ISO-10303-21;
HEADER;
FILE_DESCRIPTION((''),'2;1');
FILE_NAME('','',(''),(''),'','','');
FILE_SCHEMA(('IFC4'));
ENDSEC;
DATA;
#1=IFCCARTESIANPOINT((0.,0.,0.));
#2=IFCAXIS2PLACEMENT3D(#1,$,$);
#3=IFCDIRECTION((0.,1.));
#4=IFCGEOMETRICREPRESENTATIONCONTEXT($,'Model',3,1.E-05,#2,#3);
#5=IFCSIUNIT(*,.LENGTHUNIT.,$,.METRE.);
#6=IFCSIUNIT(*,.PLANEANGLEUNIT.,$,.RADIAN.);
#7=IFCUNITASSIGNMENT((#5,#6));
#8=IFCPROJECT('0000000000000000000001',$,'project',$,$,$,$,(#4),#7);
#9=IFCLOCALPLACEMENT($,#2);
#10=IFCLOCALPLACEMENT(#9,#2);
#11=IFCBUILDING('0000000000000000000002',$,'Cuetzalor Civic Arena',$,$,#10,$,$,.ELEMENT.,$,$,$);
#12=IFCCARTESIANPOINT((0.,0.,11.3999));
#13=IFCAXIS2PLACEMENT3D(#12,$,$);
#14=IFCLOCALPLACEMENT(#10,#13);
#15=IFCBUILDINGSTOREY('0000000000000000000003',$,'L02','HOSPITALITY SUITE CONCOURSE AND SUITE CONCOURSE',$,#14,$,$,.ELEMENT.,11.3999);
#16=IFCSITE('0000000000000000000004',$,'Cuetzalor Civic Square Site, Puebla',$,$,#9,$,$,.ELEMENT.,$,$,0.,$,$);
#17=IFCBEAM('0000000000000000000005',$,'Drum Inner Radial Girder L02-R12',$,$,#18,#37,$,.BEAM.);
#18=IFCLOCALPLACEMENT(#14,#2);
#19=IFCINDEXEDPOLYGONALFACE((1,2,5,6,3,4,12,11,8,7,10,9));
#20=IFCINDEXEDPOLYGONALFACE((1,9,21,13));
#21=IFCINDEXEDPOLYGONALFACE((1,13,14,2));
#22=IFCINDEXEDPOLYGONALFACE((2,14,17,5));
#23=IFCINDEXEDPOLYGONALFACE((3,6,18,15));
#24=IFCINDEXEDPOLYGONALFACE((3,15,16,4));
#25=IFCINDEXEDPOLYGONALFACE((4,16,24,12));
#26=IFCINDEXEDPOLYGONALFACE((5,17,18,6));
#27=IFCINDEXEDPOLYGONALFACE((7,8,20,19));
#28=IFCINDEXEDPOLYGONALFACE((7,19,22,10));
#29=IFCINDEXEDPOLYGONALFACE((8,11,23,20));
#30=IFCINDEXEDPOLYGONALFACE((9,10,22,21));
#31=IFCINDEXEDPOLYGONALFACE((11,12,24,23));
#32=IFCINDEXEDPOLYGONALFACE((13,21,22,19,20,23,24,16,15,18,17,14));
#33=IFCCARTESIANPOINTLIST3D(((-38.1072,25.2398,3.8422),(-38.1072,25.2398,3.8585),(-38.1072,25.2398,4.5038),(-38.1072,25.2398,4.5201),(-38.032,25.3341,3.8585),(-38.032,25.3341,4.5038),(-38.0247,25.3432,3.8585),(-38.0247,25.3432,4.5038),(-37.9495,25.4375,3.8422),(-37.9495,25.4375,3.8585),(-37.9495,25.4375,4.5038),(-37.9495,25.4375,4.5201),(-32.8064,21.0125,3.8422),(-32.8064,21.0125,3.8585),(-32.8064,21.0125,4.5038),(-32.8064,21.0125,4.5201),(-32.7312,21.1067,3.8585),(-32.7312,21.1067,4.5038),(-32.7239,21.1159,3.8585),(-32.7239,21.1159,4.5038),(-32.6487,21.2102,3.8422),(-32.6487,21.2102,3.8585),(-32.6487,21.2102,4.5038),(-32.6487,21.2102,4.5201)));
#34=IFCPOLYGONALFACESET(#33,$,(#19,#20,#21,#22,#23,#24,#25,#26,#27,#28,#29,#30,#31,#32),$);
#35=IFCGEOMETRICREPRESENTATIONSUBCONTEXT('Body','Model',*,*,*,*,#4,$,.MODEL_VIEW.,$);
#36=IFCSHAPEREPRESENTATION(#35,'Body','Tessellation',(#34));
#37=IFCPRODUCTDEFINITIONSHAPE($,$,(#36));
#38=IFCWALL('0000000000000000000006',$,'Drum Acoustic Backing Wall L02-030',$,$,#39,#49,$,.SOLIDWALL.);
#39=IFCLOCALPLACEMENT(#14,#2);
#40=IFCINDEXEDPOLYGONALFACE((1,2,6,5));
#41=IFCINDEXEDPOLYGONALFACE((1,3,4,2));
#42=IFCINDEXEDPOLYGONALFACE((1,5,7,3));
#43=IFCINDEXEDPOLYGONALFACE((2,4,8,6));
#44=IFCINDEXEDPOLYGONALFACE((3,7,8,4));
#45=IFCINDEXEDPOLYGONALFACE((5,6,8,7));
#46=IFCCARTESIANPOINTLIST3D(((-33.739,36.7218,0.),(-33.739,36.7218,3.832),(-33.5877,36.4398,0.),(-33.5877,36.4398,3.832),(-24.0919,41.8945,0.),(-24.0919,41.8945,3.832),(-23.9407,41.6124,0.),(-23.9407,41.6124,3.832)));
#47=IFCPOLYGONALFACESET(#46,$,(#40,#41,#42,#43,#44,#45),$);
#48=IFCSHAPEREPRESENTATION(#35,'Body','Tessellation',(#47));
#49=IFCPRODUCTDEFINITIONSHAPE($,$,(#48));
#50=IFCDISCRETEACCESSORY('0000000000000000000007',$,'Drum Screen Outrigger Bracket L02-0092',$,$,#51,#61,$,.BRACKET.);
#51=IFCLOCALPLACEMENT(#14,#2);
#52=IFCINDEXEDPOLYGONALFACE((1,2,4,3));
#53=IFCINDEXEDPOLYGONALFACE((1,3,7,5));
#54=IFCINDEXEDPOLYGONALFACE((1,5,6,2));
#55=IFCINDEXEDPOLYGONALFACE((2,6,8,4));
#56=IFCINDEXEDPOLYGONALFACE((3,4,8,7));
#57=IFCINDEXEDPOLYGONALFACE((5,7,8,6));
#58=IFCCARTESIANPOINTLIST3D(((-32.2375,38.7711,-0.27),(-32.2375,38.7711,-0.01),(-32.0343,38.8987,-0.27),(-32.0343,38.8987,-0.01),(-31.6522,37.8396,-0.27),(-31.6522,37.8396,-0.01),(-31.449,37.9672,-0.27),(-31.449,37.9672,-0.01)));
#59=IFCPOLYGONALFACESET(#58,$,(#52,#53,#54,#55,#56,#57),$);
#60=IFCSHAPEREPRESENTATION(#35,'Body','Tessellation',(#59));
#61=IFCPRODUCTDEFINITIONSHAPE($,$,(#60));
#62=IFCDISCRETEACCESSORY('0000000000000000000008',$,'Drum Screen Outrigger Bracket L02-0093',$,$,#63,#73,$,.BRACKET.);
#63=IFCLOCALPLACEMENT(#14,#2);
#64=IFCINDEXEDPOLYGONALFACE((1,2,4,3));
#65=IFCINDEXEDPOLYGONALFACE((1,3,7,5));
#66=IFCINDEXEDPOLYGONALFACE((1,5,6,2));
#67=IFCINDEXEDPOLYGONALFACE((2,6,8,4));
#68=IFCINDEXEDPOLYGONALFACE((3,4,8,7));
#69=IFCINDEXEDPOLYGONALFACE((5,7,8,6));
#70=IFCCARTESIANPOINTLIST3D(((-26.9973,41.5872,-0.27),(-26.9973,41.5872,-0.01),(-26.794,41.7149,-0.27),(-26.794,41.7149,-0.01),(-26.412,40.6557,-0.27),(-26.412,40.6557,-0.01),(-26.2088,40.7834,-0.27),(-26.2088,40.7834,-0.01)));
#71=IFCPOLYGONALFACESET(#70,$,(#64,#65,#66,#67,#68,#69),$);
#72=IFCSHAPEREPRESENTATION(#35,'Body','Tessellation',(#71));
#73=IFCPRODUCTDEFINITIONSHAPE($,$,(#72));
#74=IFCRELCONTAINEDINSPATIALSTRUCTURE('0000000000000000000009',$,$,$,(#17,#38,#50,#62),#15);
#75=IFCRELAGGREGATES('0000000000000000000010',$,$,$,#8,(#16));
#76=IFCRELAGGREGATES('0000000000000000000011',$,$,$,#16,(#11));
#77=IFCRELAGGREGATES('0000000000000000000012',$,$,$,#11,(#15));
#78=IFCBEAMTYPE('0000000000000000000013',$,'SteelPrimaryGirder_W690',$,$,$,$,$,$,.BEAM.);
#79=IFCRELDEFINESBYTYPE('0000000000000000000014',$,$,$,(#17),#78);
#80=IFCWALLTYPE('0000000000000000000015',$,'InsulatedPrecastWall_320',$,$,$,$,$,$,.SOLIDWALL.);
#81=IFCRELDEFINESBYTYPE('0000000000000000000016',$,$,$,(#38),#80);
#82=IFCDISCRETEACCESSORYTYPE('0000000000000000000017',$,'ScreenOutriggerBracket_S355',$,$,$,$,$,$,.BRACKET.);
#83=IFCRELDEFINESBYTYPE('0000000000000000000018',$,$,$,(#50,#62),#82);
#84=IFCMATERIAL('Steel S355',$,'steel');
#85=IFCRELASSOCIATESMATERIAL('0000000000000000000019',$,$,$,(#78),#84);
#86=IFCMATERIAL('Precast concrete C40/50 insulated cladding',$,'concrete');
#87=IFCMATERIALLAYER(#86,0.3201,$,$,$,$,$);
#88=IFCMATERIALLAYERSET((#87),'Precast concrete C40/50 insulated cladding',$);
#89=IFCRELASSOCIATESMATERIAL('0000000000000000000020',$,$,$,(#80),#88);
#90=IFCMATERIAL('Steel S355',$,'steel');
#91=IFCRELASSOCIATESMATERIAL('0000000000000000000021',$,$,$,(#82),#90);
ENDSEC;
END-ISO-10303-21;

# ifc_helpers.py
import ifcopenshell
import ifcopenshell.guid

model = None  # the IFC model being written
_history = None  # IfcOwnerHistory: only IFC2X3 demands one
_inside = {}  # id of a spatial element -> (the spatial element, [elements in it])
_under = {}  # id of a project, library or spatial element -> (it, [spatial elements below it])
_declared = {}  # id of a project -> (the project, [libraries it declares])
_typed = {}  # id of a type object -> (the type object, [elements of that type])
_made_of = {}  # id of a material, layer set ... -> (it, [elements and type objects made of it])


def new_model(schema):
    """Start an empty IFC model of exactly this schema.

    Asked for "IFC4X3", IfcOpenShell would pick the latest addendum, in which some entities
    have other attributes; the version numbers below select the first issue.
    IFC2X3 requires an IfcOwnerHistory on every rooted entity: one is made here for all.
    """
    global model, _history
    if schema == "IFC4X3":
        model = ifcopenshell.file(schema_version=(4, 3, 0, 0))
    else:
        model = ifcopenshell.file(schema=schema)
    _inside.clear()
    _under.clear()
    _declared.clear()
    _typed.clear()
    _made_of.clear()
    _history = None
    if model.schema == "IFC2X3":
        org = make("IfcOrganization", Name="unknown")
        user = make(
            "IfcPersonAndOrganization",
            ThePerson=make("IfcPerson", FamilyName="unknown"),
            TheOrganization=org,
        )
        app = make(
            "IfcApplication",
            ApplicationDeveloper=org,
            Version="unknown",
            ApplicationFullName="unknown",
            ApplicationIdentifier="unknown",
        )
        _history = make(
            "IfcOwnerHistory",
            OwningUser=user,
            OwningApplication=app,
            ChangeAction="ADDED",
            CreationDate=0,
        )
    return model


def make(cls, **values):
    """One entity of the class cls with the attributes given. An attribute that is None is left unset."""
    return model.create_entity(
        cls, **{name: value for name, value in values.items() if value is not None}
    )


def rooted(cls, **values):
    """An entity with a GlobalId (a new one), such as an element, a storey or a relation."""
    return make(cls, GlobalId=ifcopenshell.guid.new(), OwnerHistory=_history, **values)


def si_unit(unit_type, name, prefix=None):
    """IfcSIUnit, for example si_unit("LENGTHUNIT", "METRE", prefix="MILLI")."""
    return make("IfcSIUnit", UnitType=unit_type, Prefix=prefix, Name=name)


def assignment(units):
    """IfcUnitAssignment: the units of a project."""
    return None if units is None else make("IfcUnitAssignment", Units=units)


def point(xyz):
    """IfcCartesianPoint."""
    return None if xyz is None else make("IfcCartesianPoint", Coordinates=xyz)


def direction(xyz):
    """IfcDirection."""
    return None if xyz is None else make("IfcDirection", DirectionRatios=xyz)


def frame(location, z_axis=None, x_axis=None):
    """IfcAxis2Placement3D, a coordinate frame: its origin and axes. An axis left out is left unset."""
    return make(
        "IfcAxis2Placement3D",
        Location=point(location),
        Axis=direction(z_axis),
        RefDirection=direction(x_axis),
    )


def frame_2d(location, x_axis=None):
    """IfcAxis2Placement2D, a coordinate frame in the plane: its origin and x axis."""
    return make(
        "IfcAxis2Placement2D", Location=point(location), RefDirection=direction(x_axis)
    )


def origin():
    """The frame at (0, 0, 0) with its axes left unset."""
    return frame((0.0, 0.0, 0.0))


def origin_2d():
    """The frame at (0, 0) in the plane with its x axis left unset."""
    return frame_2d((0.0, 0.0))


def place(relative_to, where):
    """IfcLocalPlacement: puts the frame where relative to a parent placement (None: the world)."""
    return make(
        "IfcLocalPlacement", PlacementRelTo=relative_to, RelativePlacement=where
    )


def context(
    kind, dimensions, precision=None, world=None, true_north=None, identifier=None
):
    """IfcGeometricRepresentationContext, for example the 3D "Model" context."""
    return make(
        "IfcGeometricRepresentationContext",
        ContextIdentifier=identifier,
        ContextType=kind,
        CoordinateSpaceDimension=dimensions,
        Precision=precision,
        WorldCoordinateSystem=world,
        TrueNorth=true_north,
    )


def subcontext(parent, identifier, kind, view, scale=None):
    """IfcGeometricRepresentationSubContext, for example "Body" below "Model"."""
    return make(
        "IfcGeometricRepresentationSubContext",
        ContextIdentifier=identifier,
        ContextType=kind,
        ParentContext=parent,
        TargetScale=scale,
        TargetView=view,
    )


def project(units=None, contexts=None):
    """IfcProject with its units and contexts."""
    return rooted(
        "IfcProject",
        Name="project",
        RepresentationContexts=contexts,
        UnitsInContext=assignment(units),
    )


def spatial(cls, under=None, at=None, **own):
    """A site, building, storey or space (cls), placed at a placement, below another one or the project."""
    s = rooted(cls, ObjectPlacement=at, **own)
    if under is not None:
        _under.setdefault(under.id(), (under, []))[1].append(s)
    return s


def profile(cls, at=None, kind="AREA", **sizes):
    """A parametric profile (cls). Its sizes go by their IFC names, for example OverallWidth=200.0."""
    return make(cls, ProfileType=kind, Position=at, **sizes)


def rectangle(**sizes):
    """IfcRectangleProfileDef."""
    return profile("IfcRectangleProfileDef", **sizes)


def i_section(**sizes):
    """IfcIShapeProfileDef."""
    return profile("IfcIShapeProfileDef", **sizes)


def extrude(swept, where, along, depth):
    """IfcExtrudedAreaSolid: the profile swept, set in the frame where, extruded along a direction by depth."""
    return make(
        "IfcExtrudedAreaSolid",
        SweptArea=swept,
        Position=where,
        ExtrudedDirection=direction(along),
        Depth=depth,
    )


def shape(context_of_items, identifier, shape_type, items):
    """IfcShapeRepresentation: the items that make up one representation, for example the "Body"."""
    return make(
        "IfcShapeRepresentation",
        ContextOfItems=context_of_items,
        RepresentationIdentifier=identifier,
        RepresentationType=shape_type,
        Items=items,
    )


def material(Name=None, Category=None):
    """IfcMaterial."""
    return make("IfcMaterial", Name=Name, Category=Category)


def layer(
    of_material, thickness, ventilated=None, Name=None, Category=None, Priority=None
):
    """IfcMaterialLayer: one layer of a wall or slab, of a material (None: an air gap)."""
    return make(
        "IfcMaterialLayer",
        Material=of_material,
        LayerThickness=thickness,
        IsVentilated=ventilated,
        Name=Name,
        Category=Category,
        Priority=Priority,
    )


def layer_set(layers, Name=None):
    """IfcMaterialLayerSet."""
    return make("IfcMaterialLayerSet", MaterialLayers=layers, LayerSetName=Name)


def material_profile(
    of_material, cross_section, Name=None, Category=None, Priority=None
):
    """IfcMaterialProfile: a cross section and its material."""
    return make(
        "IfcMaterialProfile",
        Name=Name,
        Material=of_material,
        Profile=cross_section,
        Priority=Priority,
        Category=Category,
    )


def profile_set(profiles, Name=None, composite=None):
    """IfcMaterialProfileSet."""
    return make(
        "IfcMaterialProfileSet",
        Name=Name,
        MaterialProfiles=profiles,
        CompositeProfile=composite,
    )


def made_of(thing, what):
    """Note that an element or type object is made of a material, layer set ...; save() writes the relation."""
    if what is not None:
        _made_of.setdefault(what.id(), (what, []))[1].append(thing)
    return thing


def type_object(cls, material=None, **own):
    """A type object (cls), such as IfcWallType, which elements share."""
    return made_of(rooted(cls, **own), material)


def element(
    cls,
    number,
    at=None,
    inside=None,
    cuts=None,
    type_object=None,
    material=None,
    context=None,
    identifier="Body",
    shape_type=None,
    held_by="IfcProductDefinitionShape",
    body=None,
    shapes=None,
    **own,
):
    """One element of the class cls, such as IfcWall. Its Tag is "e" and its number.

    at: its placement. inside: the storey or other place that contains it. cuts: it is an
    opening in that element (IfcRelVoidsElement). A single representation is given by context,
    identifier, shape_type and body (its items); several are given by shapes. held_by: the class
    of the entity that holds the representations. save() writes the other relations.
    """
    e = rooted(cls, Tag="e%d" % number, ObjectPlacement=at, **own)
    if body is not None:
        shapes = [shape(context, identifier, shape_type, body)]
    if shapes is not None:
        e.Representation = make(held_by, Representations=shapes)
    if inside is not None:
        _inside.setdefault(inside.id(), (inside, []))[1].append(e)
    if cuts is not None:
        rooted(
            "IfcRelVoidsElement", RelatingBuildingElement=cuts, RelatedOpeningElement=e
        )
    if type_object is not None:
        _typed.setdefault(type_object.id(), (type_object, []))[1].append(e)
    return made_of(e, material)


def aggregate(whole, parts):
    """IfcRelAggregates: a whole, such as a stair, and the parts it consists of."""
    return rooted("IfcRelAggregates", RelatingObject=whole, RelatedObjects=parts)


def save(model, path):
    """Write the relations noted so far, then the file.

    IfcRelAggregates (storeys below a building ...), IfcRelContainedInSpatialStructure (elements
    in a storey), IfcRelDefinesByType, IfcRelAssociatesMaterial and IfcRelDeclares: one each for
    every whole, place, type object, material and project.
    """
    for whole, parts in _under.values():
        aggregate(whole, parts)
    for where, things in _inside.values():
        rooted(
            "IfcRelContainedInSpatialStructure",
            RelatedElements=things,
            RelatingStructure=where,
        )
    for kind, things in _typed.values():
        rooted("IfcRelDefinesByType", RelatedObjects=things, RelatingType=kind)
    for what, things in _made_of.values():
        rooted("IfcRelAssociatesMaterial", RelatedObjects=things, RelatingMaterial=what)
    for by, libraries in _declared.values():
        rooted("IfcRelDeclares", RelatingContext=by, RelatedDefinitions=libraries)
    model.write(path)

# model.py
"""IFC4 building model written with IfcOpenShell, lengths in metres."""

from ifc_helpers import new_model, si_unit, direction, frame, frame_2d, origin, origin_2d, place, context, subcontext, project, spatial, rectangle, i_section, extrude, material, layer, layer_set, material_profile, profile_set, type_object, element, save


model = new_model("IFC4")

# Units and contexts
model_context = context("Model", 3, precision=1e-05, world=origin(), true_north=direction((0.0, 1.0)))
body_context = subcontext(model_context, "Body", "Model", "MODEL_VIEW")
ifc_project = project(units=[si_unit("LENGTHUNIT", "METRE"), si_unit("PLANEANGLEUNIT", "RADIAN")], contexts=[model_context])

# Site, building, storey
site_placement = place(None, origin())
site = spatial("IfcSite", under=ifc_project, at=site_placement, Name="Cuetzalor Civic Square Site, Puebla", CompositionType="ELEMENT", RefElevation=0.0)
building_placement = place(site_placement, origin())
building = spatial("IfcBuilding", under=site, at=building_placement, Name="Cuetzalor Civic Arena", CompositionType="ELEMENT")
storey_placement = place(building_placement, frame((0.0, 0.0, 11.3999)))
storey = spatial("IfcBuildingStorey", under=building, at=storey_placement, Name="L02", Description="HOSPITALITY SUITE CONCOURSE AND SUITE CONCOURSE", CompositionType="ELEMENT", Elevation=11.3999)

# Beam
ifc_material_1 = material(Name="Steel S355", Category="steel")
ifc_material_profile_1 = material_profile(ifc_material_1, i_section(OverallWidth=0.2529, OverallDepth=0.678, WebThickness=0.0117, FlangeThickness=0.0164, at=origin_2d()), Name="W690x125")
ifc_profile_set_1 = profile_set([ifc_material_profile_1], Name="Steel S355")
beam_type_1 = type_object("IfcBeamType", Name="SteelPrimaryGirder_W690", PredefinedType="BEAM", material=ifc_profile_set_1)
beam_1_placement = place(storey_placement, frame((-32.7275, 21.1113, 4.1812), z_axis=(-0.781827, 0.623495, 0.0), x_axis=(-0.623495, -0.781827, 0.0)))
element("IfcBeam", 1, at=beam_1_placement, inside=storey, type_object=beam_type_1, Name="Drum Inner Radial Girder L02-R12", PredefinedType="BEAM", context=body_context, shape_type="SweptSolid", body=[
    extrude(i_section(OverallWidth=0.2529, OverallDepth=0.678, WebThickness=0.0117, FlangeThickness=0.0164, at=origin_2d()), origin(), (0.0, 0.0, 1.0), 6.78),
])

# Wall
ifc_material_2 = material(Name="Precast concrete C40/50 insulated cladding", Category="concrete")
ifc_layer = layer(ifc_material_2, 0.3201)
ifc_layer_set = layer_set([ifc_layer], Name="Precast concrete C40/50 insulated cladding")
wall_type = type_object("IfcWallType", Name="InsulatedPrecastWall_320", PredefinedType="SOLIDWALL", material=ifc_layer_set)
wall_placement = place(storey_placement, frame((-33.6633, 36.5808, 0.0), z_axis=(0.0, 0.0, 1.0), x_axis=(0.881306, 0.472547, 0.0)))
element("IfcWall", 2, at=wall_placement, inside=storey, type_object=wall_type, Name="Drum Acoustic Backing Wall L02-030", PredefinedType="SOLIDWALL", context=body_context, shape_type="SweptSolid", body=[
    extrude(rectangle(XDim=10.9463, YDim=0.3201, at=frame_2d((5.4731, 0.0))), origin(), (0.0, 0.0, 1.0), 3.832),
])

# Discrete accessories
ifc_material_3 = material(Name="Steel S355", Category="steel")
discrete_accessory_type = type_object("IfcDiscreteAccessoryType", Name="ScreenOutriggerBracket_S355", PredefinedType="BRACKET", material=ifc_material_3)
for number, where, z_axis, x_axis, name in (
    (3, (-31.8433, 38.3691, -0.27), (0.0, 0.0, 1.0), (-0.53199, 0.846751, 0.0), "Drum Screen Outrigger Bracket L02-0092"),
    (4, (-26.603, 41.1853, -0.27), (0.0, 0.0, 1.0), (-0.53199, 0.846751, 0.0), "Drum Screen Outrigger Bracket L02-0093"),
):
    element("IfcDiscreteAccessory", number, at=place(storey_placement, frame(where, z_axis=z_axis, x_axis=x_axis)), inside=storey, type_object=discrete_accessory_type, Name=name, PredefinedType="BRACKET", context=body_context, shape_type="SweptSolid", body=[
        extrude(rectangle(XDim=1.1001, YDim=0.24, at=origin_2d()), origin(), (0.0, 0.0, 1.0), 0.26),
    ])

save(model, "model.ifc")
